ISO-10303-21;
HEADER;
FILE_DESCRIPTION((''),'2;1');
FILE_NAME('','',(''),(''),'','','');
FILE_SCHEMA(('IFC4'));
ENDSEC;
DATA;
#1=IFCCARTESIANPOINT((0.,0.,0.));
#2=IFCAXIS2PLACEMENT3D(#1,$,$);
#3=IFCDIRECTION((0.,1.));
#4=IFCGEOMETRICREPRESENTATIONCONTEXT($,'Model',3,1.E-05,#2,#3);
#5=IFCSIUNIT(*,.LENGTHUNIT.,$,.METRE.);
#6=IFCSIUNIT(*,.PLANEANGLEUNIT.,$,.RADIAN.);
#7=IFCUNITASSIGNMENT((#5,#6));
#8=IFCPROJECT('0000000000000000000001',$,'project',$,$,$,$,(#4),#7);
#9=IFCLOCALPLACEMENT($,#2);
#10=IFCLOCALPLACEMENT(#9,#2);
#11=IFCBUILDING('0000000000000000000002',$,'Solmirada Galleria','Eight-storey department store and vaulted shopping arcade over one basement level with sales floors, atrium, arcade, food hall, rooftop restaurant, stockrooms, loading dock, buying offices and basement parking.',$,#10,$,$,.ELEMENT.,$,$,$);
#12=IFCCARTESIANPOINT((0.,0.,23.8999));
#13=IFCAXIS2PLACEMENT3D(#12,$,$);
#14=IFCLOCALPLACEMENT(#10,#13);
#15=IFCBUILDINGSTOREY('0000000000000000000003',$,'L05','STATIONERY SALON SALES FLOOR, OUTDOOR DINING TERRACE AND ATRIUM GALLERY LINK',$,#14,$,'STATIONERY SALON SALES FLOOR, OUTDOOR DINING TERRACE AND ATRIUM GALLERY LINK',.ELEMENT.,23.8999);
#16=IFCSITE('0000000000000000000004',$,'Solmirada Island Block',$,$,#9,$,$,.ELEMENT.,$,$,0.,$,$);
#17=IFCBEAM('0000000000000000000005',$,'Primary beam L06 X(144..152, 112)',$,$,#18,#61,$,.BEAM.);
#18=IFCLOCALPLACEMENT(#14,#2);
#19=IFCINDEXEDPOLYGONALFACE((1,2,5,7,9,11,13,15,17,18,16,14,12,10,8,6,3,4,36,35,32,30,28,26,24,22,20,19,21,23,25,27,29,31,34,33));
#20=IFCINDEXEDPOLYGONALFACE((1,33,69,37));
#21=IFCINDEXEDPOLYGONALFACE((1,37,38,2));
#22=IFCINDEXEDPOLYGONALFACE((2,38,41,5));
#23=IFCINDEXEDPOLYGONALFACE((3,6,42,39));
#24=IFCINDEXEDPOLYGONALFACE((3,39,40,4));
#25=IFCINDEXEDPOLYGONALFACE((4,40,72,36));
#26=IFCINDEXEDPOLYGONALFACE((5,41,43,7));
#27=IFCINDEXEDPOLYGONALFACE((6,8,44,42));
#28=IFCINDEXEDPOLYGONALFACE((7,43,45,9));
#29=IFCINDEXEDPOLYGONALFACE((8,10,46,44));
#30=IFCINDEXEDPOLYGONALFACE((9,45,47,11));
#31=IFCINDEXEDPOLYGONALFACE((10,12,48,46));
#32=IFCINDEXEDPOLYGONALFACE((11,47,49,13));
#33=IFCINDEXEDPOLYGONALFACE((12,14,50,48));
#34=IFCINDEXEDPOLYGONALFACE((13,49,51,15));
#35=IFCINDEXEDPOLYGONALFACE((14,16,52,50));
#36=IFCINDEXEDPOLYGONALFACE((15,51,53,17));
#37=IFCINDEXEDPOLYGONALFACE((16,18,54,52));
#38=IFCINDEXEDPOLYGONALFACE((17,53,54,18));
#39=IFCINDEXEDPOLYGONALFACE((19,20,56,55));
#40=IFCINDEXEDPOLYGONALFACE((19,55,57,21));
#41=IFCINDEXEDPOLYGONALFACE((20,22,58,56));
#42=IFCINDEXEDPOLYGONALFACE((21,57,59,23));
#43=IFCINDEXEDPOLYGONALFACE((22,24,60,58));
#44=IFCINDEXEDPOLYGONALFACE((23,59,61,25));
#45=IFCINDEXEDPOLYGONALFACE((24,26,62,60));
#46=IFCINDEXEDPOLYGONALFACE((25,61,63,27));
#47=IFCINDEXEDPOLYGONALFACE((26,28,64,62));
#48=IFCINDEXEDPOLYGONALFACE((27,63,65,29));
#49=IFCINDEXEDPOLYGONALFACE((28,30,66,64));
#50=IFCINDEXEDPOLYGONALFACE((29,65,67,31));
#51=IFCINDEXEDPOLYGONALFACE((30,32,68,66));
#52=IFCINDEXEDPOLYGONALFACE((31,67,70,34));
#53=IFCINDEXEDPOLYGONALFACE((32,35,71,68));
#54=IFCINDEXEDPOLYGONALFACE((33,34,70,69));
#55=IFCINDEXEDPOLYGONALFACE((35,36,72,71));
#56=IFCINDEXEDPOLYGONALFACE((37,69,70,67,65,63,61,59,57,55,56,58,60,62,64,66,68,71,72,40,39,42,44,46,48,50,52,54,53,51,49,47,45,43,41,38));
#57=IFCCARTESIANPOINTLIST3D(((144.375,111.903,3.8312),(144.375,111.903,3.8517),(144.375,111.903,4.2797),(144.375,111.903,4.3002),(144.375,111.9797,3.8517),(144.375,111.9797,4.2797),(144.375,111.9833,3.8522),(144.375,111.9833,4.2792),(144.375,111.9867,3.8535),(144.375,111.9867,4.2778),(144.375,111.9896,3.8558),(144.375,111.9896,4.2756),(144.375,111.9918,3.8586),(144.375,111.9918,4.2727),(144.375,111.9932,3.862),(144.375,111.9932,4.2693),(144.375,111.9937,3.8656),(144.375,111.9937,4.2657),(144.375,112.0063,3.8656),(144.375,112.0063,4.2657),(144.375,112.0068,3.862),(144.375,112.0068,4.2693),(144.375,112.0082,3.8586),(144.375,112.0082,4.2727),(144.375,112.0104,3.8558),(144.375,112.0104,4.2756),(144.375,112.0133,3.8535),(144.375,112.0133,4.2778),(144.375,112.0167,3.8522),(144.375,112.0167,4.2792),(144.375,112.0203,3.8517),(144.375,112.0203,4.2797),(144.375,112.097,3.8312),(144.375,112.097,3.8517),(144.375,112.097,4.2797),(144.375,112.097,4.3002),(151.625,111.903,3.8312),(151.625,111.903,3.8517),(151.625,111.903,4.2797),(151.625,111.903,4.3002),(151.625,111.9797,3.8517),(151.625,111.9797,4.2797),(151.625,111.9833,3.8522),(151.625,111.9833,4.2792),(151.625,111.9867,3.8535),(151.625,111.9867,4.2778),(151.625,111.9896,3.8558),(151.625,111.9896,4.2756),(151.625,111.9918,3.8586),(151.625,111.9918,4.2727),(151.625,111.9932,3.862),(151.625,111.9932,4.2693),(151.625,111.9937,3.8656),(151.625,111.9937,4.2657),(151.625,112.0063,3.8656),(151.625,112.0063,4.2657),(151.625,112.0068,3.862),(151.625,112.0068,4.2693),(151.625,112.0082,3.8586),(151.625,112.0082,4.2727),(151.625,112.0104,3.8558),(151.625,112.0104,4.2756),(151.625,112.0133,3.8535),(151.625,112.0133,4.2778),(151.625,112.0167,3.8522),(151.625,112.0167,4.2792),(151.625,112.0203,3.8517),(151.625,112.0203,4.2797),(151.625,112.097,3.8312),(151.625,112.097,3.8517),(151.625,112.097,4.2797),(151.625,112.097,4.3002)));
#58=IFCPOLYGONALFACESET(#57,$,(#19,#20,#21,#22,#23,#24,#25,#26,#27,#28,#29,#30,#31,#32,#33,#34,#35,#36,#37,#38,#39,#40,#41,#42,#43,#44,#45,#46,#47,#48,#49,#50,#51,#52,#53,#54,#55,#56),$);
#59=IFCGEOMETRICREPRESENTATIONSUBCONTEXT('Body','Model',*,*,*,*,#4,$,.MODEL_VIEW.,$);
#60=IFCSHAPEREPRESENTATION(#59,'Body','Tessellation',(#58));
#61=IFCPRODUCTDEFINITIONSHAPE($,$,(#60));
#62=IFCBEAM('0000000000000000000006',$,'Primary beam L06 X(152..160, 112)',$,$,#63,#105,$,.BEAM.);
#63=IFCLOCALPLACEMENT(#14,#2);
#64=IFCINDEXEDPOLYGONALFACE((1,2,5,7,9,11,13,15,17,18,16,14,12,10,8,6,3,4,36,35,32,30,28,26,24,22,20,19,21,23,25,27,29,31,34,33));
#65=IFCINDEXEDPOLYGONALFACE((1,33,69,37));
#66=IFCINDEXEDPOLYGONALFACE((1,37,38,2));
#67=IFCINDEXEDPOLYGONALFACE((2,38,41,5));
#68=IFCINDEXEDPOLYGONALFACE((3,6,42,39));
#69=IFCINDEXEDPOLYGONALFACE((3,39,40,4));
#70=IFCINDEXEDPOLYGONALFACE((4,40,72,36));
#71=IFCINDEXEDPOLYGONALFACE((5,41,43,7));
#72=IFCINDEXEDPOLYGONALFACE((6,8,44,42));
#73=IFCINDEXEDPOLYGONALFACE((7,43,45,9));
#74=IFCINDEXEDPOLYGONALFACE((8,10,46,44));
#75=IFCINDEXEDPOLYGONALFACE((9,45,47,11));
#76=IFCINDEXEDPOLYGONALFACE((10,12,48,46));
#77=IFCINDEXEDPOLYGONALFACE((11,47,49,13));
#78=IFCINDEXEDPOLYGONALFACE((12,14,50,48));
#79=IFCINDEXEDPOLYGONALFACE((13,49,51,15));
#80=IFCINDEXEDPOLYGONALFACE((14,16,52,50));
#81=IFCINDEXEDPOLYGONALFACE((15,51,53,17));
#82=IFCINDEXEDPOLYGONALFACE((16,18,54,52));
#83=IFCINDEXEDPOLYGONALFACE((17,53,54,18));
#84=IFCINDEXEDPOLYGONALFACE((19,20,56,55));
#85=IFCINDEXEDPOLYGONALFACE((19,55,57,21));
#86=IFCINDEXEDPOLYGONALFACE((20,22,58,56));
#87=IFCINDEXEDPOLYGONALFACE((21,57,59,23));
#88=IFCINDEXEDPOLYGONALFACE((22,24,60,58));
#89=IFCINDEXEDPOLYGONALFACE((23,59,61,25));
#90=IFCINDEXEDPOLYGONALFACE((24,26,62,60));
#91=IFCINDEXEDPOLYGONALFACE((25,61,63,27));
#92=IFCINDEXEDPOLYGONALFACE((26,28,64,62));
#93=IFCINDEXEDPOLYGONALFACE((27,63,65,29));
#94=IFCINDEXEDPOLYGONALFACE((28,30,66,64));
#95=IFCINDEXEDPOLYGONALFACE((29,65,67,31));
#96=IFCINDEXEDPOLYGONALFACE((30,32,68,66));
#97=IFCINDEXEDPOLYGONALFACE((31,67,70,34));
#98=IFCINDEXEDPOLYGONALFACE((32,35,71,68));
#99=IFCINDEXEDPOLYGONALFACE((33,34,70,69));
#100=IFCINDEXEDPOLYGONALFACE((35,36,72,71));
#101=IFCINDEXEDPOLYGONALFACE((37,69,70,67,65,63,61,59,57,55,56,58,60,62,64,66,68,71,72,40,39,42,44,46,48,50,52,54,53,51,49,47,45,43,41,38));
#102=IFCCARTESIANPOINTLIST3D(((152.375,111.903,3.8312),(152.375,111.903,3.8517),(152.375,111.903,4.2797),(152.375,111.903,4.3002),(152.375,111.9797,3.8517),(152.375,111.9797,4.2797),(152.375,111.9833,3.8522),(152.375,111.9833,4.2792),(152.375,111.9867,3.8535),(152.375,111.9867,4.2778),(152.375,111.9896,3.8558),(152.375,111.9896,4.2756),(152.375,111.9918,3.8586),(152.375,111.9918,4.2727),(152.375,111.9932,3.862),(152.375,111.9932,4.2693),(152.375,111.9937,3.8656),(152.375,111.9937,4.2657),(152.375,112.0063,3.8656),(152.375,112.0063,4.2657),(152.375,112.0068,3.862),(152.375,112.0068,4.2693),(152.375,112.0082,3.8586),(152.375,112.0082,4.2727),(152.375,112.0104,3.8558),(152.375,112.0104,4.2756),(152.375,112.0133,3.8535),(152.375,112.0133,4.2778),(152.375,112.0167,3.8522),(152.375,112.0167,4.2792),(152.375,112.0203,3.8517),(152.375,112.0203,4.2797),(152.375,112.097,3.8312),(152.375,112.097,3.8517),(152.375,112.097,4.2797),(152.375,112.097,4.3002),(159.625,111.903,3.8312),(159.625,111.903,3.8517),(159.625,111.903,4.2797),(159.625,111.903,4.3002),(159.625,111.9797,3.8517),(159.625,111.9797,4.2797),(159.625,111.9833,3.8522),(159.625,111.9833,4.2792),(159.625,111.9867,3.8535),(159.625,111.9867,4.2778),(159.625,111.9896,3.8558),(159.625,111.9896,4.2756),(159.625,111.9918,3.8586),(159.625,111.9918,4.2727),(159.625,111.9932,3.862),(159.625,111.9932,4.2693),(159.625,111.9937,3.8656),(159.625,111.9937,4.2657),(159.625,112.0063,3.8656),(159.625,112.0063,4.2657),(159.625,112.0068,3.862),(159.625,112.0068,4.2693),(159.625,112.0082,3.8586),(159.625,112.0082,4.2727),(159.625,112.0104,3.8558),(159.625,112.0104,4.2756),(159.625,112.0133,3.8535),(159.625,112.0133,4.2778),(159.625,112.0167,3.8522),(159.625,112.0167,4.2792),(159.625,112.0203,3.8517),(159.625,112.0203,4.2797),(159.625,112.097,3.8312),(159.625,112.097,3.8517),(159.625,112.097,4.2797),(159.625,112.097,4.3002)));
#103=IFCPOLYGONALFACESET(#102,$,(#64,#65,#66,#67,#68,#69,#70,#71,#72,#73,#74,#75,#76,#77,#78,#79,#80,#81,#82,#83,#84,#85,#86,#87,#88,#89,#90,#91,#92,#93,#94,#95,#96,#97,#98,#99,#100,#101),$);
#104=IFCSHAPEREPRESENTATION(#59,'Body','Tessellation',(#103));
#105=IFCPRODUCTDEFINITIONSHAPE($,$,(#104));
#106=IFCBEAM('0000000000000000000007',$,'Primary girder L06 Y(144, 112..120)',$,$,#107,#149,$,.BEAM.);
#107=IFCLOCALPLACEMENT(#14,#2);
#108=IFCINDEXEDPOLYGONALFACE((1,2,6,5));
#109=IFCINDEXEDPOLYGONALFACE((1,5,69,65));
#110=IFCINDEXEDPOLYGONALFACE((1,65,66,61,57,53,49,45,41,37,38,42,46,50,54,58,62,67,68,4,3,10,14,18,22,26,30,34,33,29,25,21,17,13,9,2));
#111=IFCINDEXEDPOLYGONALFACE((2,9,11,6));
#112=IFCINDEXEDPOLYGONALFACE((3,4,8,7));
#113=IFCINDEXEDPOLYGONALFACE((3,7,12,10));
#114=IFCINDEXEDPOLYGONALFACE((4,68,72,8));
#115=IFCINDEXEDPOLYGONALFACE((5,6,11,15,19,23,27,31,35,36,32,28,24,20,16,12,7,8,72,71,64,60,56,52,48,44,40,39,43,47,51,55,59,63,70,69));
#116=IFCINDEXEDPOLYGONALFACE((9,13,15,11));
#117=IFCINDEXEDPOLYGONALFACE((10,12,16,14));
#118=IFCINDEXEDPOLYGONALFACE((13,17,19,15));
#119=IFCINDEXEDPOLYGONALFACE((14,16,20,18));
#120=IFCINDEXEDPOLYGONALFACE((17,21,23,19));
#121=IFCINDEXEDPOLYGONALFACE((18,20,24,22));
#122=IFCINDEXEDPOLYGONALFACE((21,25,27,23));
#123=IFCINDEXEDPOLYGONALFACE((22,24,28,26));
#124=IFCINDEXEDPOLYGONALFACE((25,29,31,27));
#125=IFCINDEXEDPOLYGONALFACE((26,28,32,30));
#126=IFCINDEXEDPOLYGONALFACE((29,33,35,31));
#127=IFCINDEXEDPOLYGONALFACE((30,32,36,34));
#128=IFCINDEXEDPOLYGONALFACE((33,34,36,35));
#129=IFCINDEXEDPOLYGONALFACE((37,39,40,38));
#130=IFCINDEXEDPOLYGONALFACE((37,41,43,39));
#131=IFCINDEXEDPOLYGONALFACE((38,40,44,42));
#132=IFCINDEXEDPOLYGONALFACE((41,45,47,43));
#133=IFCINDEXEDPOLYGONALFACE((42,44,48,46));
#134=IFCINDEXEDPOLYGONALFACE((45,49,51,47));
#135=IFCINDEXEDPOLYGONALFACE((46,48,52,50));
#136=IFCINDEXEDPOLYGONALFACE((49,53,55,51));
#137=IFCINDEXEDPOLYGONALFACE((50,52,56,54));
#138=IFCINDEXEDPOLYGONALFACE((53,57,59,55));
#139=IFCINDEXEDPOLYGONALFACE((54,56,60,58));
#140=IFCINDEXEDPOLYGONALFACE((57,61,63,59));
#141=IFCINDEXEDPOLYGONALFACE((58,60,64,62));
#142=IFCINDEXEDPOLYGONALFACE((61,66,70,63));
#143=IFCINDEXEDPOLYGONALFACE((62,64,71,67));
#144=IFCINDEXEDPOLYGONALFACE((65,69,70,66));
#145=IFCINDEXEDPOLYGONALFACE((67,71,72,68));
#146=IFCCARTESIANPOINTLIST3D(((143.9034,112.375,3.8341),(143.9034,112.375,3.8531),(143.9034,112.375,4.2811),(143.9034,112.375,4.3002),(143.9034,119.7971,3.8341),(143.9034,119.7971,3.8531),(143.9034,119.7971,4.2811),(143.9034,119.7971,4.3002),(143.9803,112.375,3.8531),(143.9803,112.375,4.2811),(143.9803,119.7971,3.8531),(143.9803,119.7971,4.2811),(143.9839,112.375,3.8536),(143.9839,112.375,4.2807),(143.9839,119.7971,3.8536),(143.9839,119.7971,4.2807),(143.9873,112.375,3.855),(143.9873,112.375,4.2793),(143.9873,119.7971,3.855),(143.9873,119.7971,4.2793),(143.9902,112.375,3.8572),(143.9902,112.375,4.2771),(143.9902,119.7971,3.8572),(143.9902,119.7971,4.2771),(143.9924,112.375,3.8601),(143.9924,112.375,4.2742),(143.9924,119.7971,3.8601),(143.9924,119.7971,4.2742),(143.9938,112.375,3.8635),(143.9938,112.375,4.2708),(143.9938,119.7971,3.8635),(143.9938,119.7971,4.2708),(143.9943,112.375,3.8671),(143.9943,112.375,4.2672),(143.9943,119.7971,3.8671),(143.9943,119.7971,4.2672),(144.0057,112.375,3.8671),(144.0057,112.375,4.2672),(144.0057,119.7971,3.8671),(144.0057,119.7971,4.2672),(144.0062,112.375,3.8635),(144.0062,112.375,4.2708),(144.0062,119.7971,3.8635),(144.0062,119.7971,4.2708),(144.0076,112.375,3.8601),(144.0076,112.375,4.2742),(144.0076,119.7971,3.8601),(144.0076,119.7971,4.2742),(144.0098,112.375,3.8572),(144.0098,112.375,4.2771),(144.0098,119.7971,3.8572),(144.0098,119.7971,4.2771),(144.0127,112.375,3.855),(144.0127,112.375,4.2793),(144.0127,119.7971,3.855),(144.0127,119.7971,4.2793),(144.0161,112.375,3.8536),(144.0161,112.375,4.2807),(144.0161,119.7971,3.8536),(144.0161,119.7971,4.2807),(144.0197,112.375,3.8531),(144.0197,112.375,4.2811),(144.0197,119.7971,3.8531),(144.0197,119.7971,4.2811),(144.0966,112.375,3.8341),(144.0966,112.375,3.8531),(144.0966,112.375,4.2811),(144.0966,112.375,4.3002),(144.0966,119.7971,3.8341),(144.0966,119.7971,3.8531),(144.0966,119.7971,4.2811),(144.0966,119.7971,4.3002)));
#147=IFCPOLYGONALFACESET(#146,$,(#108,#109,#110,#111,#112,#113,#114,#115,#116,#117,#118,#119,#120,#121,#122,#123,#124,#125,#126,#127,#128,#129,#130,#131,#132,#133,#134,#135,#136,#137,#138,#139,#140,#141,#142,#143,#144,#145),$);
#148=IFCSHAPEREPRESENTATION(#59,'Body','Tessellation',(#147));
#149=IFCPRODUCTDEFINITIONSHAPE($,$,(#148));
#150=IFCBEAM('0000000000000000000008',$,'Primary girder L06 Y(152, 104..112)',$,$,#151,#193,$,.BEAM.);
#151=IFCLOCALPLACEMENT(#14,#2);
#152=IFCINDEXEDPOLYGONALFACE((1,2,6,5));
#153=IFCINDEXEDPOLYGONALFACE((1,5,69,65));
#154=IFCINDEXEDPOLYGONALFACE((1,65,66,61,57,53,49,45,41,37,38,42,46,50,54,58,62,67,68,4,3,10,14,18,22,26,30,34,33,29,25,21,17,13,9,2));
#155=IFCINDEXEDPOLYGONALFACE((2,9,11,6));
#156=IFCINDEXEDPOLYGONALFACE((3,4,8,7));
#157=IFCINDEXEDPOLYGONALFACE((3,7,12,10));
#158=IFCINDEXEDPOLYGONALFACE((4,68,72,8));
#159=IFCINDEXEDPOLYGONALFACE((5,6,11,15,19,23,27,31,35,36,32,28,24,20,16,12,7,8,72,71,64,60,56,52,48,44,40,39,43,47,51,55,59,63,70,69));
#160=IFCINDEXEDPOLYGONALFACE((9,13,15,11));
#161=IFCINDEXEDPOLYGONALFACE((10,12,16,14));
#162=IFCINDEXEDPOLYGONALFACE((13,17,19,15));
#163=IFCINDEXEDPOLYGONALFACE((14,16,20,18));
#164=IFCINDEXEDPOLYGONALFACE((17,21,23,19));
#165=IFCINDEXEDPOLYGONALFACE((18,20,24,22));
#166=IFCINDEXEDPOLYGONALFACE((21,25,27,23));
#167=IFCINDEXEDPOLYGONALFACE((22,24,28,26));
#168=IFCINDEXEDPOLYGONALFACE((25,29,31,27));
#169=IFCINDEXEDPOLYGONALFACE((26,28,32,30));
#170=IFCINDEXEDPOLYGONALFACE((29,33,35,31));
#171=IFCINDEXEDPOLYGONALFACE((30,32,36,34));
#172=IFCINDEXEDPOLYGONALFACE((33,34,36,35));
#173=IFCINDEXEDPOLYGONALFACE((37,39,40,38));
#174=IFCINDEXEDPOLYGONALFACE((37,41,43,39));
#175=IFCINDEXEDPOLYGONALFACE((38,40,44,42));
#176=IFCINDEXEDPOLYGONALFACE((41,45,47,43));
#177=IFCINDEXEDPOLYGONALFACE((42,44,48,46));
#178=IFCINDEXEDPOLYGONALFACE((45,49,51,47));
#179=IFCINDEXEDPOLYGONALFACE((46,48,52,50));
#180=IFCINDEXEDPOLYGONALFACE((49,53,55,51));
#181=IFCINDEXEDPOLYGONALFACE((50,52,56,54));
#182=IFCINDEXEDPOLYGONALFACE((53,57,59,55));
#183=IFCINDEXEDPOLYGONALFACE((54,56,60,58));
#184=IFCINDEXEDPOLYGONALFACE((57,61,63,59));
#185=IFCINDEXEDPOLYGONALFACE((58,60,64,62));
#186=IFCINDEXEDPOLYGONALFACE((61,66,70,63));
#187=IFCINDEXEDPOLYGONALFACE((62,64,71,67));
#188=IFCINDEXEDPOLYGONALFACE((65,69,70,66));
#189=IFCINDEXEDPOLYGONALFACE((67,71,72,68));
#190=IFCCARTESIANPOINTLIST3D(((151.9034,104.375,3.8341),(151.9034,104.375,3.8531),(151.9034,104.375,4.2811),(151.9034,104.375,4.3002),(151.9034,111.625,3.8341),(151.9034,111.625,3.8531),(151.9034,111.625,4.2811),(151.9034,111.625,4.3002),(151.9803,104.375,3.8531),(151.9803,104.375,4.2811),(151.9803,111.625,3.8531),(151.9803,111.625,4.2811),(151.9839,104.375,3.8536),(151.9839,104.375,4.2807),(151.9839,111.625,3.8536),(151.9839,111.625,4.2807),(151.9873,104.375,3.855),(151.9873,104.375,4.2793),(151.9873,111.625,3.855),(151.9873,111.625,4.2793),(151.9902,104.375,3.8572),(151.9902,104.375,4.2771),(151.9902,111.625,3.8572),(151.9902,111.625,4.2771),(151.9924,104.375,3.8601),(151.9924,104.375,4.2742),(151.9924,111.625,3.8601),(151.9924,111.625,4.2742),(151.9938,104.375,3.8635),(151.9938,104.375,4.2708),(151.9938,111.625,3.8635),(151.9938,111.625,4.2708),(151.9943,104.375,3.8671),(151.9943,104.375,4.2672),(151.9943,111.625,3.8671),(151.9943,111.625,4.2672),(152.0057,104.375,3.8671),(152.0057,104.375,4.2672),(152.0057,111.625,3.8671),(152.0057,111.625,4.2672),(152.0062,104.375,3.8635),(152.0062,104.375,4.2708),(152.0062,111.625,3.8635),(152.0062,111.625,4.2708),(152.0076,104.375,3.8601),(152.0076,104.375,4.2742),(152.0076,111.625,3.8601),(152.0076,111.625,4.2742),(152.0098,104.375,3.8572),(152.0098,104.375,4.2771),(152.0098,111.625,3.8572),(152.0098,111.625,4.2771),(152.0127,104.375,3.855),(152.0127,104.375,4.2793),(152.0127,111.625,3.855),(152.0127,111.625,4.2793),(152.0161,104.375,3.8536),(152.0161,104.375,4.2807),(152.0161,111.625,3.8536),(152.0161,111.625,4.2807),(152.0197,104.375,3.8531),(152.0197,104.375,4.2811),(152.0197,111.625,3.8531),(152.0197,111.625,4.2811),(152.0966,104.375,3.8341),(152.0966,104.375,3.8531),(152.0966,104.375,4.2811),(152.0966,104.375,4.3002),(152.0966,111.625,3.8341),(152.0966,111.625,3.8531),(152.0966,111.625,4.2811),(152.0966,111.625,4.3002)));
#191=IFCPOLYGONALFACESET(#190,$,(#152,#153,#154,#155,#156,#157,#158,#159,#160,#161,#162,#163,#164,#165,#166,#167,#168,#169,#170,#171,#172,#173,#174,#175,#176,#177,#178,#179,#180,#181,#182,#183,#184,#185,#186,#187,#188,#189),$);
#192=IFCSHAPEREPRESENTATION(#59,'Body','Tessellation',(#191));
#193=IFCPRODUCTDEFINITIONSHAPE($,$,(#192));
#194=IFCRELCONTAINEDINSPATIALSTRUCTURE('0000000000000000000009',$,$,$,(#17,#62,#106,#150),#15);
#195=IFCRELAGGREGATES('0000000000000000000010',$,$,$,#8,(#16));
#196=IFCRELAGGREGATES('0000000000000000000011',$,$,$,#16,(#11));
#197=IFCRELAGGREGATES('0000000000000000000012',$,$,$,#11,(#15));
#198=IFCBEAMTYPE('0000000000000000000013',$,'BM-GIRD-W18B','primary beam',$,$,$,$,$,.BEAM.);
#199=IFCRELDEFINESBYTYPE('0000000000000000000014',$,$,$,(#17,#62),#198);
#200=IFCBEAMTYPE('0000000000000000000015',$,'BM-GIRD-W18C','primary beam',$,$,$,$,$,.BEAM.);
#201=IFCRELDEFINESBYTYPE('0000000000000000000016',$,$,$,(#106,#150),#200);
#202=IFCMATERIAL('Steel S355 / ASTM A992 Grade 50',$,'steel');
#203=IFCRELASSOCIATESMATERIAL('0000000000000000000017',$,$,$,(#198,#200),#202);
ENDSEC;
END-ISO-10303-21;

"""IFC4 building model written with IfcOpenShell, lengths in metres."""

from ifc_helpers import new_model, si_unit, direction, frame, origin, origin_2d, place, context, subcontext, project, spatial, i_section, extrude, material, material_profile, profile_set, type_object, element, save


model = new_model("IFC4")

# Units and contexts
model_context = context("Model", 3, precision=1e-05, world=origin(), true_north=direction((0.0, 1.0)))
body_context = subcontext(model_context, "Body", "Model", "MODEL_VIEW")
ifc_project = project(units=[si_unit("LENGTHUNIT", "METRE"), si_unit("PLANEANGLEUNIT", "RADIAN")], contexts=[model_context])

# Site, building, storey
site_placement = place(None, origin())
site = spatial("IfcSite", under=ifc_project, at=site_placement, Name="Solmirada Island Block", CompositionType="ELEMENT", RefElevation=0.0)
building_placement = place(site_placement, origin())
building = spatial("IfcBuilding", under=site, at=building_placement, Name="Solmirada Galleria", Description="Eight-storey department store and vaulted shopping arcade over one basement level with sales floors, atrium, arcade, food hall, rooftop restaurant, stockrooms, loading dock, buying offices and basement parking.", CompositionType="ELEMENT")
storey_placement = place(building_placement, frame((0.0, 0.0, 23.8999)))
storey = spatial("IfcBuildingStorey", under=building, at=storey_placement, Name="L05", Description="STATIONERY SALON SALES FLOOR, OUTDOOR DINING TERRACE AND ATRIUM GALLERY LINK", LongName="STATIONERY SALON SALES FLOOR, OUTDOOR DINING TERRACE AND ATRIUM GALLERY LINK", CompositionType="ELEMENT", Elevation=23.8999)

# Beams
ifc_material_1 = material(Name="Steel S355 / ASTM A992 Grade 50", Category="steel")
ifc_material_profile_1 = material_profile(ifc_material_1, i_section(OverallWidth=0.1941, OverallDepth=0.469, WebThickness=0.0127, FlangeThickness=0.0205, FilletRadius=0.0139, at=origin_2d()), Name="W18X71")
ifc_profile_set_1 = profile_set([ifc_material_profile_1], Name="Steel S355 / ASTM A992 Grade 50")
beam_type_1 = type_object("IfcBeamType", Name="BM-GIRD-W18B", Description="primary beam", PredefinedType="BEAM", material=ifc_profile_set_1)
for number, where, z_axis, x_axis, name in (
    (1, (144.375, 112.0, 4.0657), (1.0, 0.0, 0.0), (0.0, 1.0, 0.0), "Primary beam L06 X(144..152, 112)"),
    (2, (152.375, 112.0, 4.0657), (1.0, 0.0, 0.0), (0.0, 1.0, 0.0), "Primary beam L06 X(152..160, 112)"),
):
    element("IfcBeam", number, at=place(storey_placement, frame(where, z_axis=z_axis, x_axis=x_axis)), inside=storey, type_object=beam_type_1, Name=name, PredefinedType="BEAM", context=body_context, shape_type="SweptSolid", body=[
        extrude(i_section(OverallWidth=0.1941, OverallDepth=0.469, WebThickness=0.0127, FlangeThickness=0.0205, FilletRadius=0.0139, at=origin_2d()), origin(), (0.0, 0.0, 1.0), 7.25),
    ])
ifc_material_profile_2 = material_profile(ifc_material_1, i_section(OverallWidth=0.1931, OverallDepth=0.4661, WebThickness=0.0115, FlangeThickness=0.019, FilletRadius=0.0139, at=origin_2d()), Name="W18X65")
ifc_profile_set_2 = profile_set([ifc_material_profile_2], Name="Steel S355 / ASTM A992 Grade 50")
beam_type_2 = type_object("IfcBeamType", Name="BM-GIRD-W18C", Description="primary beam", PredefinedType="BEAM", material=ifc_profile_set_2)
beam_1_placement = place(storey_placement, frame((144.0, 112.375, 4.0671), z_axis=(0.0, 1.0, 0.0), x_axis=(-1.0, 0.0, 0.0)))
element("IfcBeam", 3, at=beam_1_placement, inside=storey, type_object=beam_type_2, Name="Primary girder L06 Y(144, 112..120)", PredefinedType="BEAM", context=body_context, shape_type="SweptSolid", body=[
    extrude(i_section(OverallWidth=0.1931, OverallDepth=0.4661, WebThickness=0.0115, FlangeThickness=0.019, FilletRadius=0.0139, at=origin_2d()), origin(), (0.0, 0.0, 1.0), 7.4221),
])
beam_2_placement = place(storey_placement, frame((152.0, 104.375, 4.0671), z_axis=(0.0, 1.0, 0.0), x_axis=(-1.0, 0.0, 0.0)))
element("IfcBeam", 4, at=beam_2_placement, inside=storey, type_object=beam_type_2, Name="Primary girder L06 Y(152, 104..112)", PredefinedType="BEAM", context=body_context, shape_type="SweptSolid", body=[
    extrude(i_section(OverallWidth=0.1931, OverallDepth=0.4661, WebThickness=0.0115, FlangeThickness=0.019, FilletRadius=0.0139, at=origin_2d()), origin(), (0.0, 0.0, 1.0), 7.25),
])

save(model, "model.ifc")
